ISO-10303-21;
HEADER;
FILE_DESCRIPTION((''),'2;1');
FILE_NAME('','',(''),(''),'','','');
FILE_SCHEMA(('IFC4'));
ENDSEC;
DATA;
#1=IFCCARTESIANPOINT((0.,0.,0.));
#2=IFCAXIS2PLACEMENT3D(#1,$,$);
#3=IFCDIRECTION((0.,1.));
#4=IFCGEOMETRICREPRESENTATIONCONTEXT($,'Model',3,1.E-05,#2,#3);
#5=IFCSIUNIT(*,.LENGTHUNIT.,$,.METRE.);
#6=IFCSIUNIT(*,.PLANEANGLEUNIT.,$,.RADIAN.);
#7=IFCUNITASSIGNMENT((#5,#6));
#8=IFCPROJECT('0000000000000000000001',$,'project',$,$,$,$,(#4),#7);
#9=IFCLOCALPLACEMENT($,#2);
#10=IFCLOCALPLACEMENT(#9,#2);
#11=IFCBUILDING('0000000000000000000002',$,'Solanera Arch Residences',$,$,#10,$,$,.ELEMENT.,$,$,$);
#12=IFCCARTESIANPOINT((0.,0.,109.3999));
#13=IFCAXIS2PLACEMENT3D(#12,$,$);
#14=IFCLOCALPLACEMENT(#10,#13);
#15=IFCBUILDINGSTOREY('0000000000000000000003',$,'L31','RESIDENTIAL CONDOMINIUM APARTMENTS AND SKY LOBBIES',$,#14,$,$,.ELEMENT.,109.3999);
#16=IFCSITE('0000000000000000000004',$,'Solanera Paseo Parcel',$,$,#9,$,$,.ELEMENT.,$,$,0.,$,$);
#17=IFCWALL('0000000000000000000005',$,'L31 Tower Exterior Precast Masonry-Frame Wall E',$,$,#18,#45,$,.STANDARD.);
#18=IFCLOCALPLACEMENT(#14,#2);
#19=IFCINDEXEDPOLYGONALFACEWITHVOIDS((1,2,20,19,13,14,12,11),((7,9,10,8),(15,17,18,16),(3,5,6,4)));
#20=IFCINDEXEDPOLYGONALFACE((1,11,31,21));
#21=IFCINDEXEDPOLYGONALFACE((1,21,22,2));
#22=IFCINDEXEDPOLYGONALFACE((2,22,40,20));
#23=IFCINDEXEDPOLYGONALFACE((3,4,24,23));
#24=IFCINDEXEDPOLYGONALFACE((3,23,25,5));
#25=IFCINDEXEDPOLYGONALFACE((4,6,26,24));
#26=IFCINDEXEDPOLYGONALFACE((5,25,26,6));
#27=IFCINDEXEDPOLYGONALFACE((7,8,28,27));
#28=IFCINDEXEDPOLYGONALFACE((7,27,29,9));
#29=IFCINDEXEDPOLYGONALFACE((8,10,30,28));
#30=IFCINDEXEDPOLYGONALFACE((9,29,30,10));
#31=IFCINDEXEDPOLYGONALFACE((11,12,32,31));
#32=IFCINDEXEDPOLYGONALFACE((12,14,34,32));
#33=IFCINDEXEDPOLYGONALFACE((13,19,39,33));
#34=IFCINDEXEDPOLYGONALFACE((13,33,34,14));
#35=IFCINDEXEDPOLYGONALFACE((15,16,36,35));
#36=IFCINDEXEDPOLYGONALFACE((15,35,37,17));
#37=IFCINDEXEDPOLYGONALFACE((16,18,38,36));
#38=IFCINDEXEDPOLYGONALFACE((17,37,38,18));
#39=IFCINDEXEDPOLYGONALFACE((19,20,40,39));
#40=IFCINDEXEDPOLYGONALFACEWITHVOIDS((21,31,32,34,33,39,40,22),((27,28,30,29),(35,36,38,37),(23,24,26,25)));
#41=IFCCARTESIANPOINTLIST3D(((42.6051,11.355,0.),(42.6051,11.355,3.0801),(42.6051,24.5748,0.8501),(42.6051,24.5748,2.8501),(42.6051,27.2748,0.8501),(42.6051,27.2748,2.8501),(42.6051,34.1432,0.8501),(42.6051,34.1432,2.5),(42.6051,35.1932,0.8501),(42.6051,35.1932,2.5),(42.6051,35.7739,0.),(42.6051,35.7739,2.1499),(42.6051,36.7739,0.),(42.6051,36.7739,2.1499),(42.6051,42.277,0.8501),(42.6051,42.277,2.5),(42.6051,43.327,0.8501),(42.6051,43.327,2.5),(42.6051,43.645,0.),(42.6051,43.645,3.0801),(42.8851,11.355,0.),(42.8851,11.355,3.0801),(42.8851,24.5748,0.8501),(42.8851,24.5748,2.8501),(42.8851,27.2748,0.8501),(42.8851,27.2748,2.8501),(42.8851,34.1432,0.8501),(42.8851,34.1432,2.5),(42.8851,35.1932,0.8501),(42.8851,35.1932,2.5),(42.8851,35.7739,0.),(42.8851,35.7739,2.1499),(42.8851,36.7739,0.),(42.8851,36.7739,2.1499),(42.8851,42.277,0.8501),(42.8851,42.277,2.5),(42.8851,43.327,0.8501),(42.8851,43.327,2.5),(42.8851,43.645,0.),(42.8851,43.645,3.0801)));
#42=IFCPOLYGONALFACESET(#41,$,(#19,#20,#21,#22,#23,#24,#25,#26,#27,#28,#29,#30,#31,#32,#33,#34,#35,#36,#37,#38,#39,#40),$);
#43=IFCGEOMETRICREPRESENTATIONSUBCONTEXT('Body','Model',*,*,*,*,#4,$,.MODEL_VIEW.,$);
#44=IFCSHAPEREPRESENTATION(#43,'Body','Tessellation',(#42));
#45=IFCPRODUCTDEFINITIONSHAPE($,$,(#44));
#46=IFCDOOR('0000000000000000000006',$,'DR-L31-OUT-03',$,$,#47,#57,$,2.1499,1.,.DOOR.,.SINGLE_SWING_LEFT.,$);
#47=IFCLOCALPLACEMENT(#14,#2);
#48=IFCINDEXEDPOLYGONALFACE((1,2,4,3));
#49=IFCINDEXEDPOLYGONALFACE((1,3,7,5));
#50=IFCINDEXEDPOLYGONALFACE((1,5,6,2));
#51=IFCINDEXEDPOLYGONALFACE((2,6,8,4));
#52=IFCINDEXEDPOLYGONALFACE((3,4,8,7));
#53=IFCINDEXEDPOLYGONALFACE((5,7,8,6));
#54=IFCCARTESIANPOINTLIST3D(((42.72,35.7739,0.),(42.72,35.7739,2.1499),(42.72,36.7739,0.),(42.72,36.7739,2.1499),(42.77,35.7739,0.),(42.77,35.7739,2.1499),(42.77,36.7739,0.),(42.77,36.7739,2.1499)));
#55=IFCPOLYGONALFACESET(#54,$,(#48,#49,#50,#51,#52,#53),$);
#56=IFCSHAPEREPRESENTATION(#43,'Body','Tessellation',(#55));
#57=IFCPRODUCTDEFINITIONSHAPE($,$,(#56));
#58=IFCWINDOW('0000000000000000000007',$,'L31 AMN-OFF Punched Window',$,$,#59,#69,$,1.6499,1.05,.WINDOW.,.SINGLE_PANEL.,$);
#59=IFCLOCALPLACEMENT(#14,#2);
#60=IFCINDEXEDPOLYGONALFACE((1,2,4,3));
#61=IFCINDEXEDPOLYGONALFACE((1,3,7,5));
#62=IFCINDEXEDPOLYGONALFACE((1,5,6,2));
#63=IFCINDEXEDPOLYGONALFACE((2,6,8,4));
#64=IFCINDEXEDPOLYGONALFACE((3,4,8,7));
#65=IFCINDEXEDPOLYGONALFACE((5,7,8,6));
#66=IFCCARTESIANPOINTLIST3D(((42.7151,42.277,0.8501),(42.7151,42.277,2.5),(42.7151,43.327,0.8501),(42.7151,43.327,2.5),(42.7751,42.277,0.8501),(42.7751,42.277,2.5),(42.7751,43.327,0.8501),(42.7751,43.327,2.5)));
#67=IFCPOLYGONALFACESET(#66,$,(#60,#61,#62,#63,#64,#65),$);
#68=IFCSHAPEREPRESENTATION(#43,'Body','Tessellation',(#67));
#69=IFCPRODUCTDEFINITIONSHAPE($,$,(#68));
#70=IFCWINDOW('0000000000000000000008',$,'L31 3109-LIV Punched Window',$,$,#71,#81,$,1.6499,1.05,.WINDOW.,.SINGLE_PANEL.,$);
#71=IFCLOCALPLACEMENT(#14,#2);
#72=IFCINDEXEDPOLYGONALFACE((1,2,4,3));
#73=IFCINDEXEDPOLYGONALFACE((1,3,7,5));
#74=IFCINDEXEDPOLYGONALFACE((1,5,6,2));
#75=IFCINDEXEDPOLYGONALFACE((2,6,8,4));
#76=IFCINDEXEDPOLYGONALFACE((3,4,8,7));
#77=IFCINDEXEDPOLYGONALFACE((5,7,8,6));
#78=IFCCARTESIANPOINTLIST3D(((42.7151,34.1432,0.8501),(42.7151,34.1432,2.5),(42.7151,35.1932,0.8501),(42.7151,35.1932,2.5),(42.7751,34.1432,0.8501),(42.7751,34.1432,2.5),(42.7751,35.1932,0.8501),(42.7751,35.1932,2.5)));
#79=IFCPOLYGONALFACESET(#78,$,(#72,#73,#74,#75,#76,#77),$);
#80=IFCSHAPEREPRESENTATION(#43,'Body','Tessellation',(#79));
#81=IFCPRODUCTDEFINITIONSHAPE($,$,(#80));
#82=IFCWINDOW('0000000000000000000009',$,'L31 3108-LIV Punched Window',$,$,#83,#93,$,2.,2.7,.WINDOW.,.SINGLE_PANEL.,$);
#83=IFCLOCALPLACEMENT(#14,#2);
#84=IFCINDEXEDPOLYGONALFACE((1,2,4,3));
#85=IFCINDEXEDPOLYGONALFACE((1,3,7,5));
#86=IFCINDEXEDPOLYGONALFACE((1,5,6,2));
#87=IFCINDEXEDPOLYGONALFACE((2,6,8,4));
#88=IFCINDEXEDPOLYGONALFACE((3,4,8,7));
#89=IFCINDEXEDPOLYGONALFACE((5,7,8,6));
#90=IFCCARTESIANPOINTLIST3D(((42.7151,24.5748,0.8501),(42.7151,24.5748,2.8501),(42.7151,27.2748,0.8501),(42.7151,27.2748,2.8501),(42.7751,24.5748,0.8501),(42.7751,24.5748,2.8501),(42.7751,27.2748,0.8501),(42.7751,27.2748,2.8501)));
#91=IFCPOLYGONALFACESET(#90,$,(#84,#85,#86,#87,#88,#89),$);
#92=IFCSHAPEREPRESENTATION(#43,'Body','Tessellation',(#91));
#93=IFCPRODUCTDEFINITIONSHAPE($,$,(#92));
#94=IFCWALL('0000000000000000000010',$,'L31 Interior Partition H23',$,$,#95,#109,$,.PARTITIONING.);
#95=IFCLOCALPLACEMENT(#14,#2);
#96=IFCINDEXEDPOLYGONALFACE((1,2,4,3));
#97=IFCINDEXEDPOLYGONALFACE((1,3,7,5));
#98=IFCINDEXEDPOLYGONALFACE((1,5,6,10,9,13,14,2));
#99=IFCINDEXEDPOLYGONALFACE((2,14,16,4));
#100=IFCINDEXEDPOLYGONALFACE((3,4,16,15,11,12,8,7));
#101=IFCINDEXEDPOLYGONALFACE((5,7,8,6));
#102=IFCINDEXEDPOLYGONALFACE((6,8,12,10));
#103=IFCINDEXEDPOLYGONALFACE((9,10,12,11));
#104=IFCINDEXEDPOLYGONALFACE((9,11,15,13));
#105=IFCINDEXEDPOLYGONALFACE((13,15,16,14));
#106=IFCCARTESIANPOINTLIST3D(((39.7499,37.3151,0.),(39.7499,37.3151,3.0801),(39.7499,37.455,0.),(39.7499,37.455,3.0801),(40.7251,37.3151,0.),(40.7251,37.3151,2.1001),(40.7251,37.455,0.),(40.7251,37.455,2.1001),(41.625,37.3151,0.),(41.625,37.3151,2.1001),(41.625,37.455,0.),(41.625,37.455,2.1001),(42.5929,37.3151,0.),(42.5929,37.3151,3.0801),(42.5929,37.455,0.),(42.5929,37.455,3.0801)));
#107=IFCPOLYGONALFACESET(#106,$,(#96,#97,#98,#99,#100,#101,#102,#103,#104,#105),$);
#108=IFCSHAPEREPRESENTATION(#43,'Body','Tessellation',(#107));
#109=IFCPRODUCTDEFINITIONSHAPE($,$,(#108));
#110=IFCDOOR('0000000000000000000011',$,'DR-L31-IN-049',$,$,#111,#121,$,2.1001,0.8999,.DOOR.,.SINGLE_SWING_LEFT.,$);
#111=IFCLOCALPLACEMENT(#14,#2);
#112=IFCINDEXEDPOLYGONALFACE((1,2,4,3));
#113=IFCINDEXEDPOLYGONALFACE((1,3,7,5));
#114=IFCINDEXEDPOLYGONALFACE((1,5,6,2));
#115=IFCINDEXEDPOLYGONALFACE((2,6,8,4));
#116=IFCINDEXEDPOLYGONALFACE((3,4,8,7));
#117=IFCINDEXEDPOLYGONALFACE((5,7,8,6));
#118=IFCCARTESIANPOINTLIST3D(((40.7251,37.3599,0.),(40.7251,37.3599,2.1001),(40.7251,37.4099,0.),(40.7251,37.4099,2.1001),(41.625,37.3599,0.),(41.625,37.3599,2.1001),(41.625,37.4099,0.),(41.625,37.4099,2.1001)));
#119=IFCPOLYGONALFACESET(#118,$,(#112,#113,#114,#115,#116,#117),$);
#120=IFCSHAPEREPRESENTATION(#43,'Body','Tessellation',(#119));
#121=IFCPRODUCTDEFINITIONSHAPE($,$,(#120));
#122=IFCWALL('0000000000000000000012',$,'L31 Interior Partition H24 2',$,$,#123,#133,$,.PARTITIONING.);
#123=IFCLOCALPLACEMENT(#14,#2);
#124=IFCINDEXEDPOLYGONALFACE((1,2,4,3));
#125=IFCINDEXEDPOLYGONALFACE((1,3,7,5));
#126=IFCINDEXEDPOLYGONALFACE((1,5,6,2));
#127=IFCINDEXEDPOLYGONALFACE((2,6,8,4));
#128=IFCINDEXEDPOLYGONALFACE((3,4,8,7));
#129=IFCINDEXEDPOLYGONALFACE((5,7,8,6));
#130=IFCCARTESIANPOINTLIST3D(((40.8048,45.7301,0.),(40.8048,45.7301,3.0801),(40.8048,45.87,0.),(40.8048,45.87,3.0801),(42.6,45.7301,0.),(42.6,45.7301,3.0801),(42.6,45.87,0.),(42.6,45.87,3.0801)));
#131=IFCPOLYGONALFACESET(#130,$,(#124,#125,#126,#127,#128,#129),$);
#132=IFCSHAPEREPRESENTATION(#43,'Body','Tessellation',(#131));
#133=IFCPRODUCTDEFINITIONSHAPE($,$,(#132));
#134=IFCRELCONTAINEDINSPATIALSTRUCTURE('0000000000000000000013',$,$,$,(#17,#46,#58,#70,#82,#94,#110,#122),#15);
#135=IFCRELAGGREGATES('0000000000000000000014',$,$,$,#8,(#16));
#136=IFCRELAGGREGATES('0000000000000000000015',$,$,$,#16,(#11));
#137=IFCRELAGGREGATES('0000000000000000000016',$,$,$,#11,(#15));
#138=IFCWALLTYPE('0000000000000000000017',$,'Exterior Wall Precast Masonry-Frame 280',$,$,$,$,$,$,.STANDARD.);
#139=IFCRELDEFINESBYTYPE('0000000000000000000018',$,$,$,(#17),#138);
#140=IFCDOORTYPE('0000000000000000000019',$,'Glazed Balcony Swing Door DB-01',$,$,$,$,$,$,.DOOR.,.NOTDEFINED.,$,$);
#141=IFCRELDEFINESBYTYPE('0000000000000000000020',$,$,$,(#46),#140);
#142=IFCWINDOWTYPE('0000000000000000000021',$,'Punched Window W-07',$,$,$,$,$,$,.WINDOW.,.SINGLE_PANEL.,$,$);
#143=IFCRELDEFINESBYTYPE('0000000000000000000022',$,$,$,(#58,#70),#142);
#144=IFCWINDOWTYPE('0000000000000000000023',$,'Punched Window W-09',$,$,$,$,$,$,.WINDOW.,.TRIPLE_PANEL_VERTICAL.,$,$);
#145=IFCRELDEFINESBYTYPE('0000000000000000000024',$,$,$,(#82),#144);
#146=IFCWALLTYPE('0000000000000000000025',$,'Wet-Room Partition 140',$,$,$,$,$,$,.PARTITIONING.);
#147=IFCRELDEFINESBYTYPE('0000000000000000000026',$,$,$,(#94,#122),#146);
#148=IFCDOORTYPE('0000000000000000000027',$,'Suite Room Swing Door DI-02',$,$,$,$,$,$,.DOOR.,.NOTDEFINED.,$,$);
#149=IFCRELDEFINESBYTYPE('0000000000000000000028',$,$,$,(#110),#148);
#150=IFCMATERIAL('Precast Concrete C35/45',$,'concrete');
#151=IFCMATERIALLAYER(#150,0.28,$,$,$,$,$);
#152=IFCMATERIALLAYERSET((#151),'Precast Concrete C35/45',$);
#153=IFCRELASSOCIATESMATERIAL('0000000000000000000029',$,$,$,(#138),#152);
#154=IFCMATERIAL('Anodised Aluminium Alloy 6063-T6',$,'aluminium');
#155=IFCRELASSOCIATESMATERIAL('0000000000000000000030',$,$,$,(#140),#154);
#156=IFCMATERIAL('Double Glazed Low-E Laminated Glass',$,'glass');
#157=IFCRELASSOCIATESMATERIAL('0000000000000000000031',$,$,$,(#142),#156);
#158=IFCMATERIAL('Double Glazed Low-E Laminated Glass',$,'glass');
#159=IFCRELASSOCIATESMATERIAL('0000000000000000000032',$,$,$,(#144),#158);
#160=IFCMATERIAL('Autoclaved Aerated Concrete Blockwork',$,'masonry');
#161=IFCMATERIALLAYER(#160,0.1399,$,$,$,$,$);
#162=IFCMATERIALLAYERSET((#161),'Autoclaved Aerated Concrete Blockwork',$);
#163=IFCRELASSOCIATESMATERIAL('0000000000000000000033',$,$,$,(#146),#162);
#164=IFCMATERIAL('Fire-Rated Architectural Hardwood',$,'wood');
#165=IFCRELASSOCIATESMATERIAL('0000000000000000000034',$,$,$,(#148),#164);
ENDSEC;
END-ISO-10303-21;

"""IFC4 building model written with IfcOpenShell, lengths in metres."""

from ifc_helpers import new_model, si_unit, direction, frame, frame_2d, origin, place, context, subcontext, project, spatial, rectangle, extrude, material, layer, layer_set, type_object, element, fill, save


model = new_model("IFC4")

# Units and contexts
model_context = context("Model", 3, precision=1e-05, world=origin(), true_north=direction((0.0, 1.0)))
body_context = subcontext(model_context, "Body", "Model", "MODEL_VIEW")
ifc_project = project(units=[si_unit("LENGTHUNIT", "METRE"), si_unit("PLANEANGLEUNIT", "RADIAN")], contexts=[model_context])

# Site, building, storey
site_placement = place(None, origin())
site = spatial("IfcSite", under=ifc_project, at=site_placement, Name="Solanera Paseo Parcel", CompositionType="ELEMENT", RefElevation=0.0)
building_placement = place(site_placement, origin())
building = spatial("IfcBuilding", under=site, at=building_placement, Name="Solanera Arch Residences", CompositionType="ELEMENT")
storey_placement = place(building_placement, frame((0.0, 0.0, 109.3999)))
storey = spatial("IfcBuildingStorey", under=building, at=storey_placement, Name="L31", Description="RESIDENTIAL CONDOMINIUM APARTMENTS AND SKY LOBBIES", CompositionType="ELEMENT", Elevation=109.3999)

# Shared definitions
ifc_material_1 = material(Name="Precast Concrete C35/45", Category="concrete")
ifc_layer_1 = layer(ifc_material_1, 0.28)
ifc_layer_set_1 = layer_set([ifc_layer_1], Name="Precast Concrete C35/45")
wall_type_1 = type_object("IfcWallType", Name="Exterior Wall Precast Masonry-Frame 280", PredefinedType="STANDARD", material=ifc_layer_set_1)

# Wall, openings, door, windows
wall_1_placement = place(storey_placement, frame((42.7451, 43.645, 0.0), z_axis=(0.0, 0.0, 1.0), x_axis=(0.0, -1.0, 0.0)))
wall_1 = element("IfcWall", 1, at=wall_1_placement, inside=storey, type_object=wall_type_1, Name="L31 Tower Exterior Precast Masonry-Frame Wall E", PredefinedType="STANDARD", context=body_context, shape_type="SweptSolid", body=[
    extrude(rectangle(XDim=32.29, YDim=0.28, at=frame_2d((16.145, 0.0))), origin(), (0.0, 0.0, 1.0), 3.0801),
])
opening_1_placement = place(wall_1_placement, frame((6.8711, 0.0, 0.0)))
opening_1 = element("IfcOpeningElement", 2, at=opening_1_placement, cuts=wall_1, PredefinedType="OPENING", context=body_context, shape_type="SweptSolid", body=[
    extrude(rectangle(XDim=1.0, YDim=2.1499, at=frame_2d((0.5, 1.075))), frame((0.0, 0.1499, 0.0), z_axis=(0.0, -1.0, 0.0), x_axis=(1.0, 0.0, 0.0)), (0.0, 0.0, 1.0), 0.3),
])
opening_2_placement = place(wall_1_placement, frame((0.3181, 0.0, 0.8501)))
opening_2 = element("IfcOpeningElement", 3, at=opening_2_placement, cuts=wall_1, PredefinedType="OPENING", context=body_context, shape_type="SweptSolid", body=[
    extrude(rectangle(XDim=1.05, YDim=1.6499, at=frame_2d((0.5249, 0.825))), frame((0.0, 0.1499, 0.0), z_axis=(0.0, -1.0, 0.0), x_axis=(1.0, 0.0, 0.0)), (0.0, 0.0, 1.0), 0.3),
])
opening_3_placement = place(wall_1_placement, frame((16.3701, 0.0, 0.8501)))
opening_3 = element("IfcOpeningElement", 4, at=opening_3_placement, cuts=wall_1, PredefinedType="OPENING", context=body_context, shape_type="SweptSolid", body=[
    extrude(rectangle(XDim=2.7, YDim=2.0, at=frame_2d((1.3501, 1.0))), frame((0.0, 0.1499, 0.0), z_axis=(0.0, -1.0, 0.0), x_axis=(1.0, 0.0, 0.0)), (0.0, 0.0, 1.0), 0.3),
])
opening_4_placement = place(wall_1_placement, frame((8.4519, 0.0, 0.8501)))
opening_4 = element("IfcOpeningElement", 5, at=opening_4_placement, cuts=wall_1, PredefinedType="OPENING", context=body_context, shape_type="SweptSolid", body=[
    extrude(rectangle(XDim=1.05, YDim=1.6499, at=frame_2d((0.5249, 0.825))), frame((0.0, 0.1499, 0.0), z_axis=(0.0, -1.0, 0.0), x_axis=(1.0, 0.0, 0.0)), (0.0, 0.0, 1.0), 0.3),
])
ifc_material_2 = material(Name="Anodised Aluminium Alloy 6063-T6", Category="aluminium")
door_type_1 = type_object("IfcDoorType", Name="Glazed Balcony Swing Door DB-01", OperationType="NOTDEFINED", PredefinedType="DOOR", material=ifc_material_2)
door_1_placement = place(opening_1_placement, origin())
door_1 = element("IfcDoor", 6, at=door_1_placement, inside=storey, type_object=door_type_1, Name="DR-L31-OUT-03", OperationType="SINGLE_SWING_LEFT", OverallHeight=2.1499, OverallWidth=1.0, PredefinedType="DOOR", context=body_context, shape_type="SweptSolid", body=[
    extrude(rectangle(XDim=1.0, YDim=2.1499, at=frame_2d((0.5, 1.075))), frame((0.0, 0.0249, 0.0), z_axis=(0.0, -1.0, 0.0), x_axis=(1.0, 0.0, 0.0)), (0.0, 0.0, 1.0), 0.05),
])
fill(opening_1, door_1)
ifc_material_3 = material(Name="Double Glazed Low-E Laminated Glass", Category="glass")
window_type_1 = type_object("IfcWindowType", Name="Punched Window W-07", PartitioningType="SINGLE_PANEL", PredefinedType="WINDOW", material=ifc_material_3)
window_1_placement = place(opening_2_placement, origin())
window_1 = element("IfcWindow", 7, at=window_1_placement, inside=storey, type_object=window_type_1, Name="L31 AMN-OFF Punched Window", OverallHeight=1.6499, OverallWidth=1.05, PartitioningType="SINGLE_PANEL", PredefinedType="WINDOW", context=body_context, shape_type="SweptSolid", body=[
    extrude(rectangle(XDim=1.05, YDim=1.6499, at=frame_2d((0.5249, 0.825))), frame((0.0, 0.03, 0.0), z_axis=(0.0, -1.0, 0.0), x_axis=(1.0, 0.0, 0.0)), (0.0, 0.0, 1.0), 0.0601),
])
fill(opening_2, window_1)
window_2_placement = place(opening_4_placement, origin())
window_2 = element("IfcWindow", 8, at=window_2_placement, inside=storey, type_object=window_type_1, Name="L31 3109-LIV Punched Window", OverallHeight=1.6499, OverallWidth=1.05, PartitioningType="SINGLE_PANEL", PredefinedType="WINDOW", context=body_context, shape_type="SweptSolid", body=[
    extrude(rectangle(XDim=1.05, YDim=1.6499, at=frame_2d((0.5249, 0.825))), frame((0.0, 0.03, 0.0), z_axis=(0.0, -1.0, 0.0), x_axis=(1.0, 0.0, 0.0)), (0.0, 0.0, 1.0), 0.0601),
])
fill(opening_4, window_2)
ifc_material_4 = material(Name="Double Glazed Low-E Laminated Glass", Category="glass")
window_type_2 = type_object("IfcWindowType", Name="Punched Window W-09", PartitioningType="TRIPLE_PANEL_VERTICAL", PredefinedType="WINDOW", material=ifc_material_4)
window_3_placement = place(opening_3_placement, origin())
window_3 = element("IfcWindow", 9, at=window_3_placement, inside=storey, type_object=window_type_2, Name="L31 3108-LIV Punched Window", OverallHeight=2.0, OverallWidth=2.7, PartitioningType="SINGLE_PANEL", PredefinedType="WINDOW", context=body_context, shape_type="SweptSolid", body=[
    extrude(rectangle(XDim=2.7, YDim=2.0, at=frame_2d((1.3501, 1.0))), frame((0.0, 0.03, 0.0), z_axis=(0.0, -1.0, 0.0), x_axis=(1.0, 0.0, 0.0)), (0.0, 0.0, 1.0), 0.0601),
])
fill(opening_3, window_3)

# Wall, opening, door
ifc_material_5 = material(Name="Autoclaved Aerated Concrete Blockwork", Category="masonry")
ifc_layer_2 = layer(ifc_material_5, 0.1399)
ifc_layer_set_2 = layer_set([ifc_layer_2], Name="Autoclaved Aerated Concrete Blockwork")
wall_type_2 = type_object("IfcWallType", Name="Wet-Room Partition 140", PredefinedType="PARTITIONING", material=ifc_layer_set_2)
wall_2_placement = place(storey_placement, frame((39.75, 37.385, 0.0), z_axis=(0.0, 0.0, 1.0), x_axis=(1.0, 0.0, 0.0)))
wall_2 = element("IfcWall", 10, at=wall_2_placement, inside=storey, type_object=wall_type_2, Name="L31 Interior Partition H23", PredefinedType="PARTITIONING", context=body_context, shape_type="SweptSolid", body=[
    extrude(rectangle(XDim=2.843, YDim=0.1399, at=frame_2d((1.4214, 0.0))), origin(), (0.0, 0.0, 1.0), 3.0801),
])
opening_5_placement = place(wall_2_placement, frame((0.9751, 0.0, 0.0)))
opening_5 = element("IfcOpeningElement", 11, at=opening_5_placement, cuts=wall_2, PredefinedType="OPENING", context=body_context, shape_type="SweptSolid", body=[
    extrude(rectangle(XDim=0.8999, YDim=2.1001, at=frame_2d((0.45, 1.05))), frame((0.0, 0.0798, 0.0), z_axis=(0.0, -1.0, 0.0), x_axis=(1.0, 0.0, 0.0)), (0.0, 0.0, 1.0), 0.1599),
])
ifc_material_6 = material(Name="Fire-Rated Architectural Hardwood", Category="wood")
door_type_2 = type_object("IfcDoorType", Name="Suite Room Swing Door DI-02", OperationType="NOTDEFINED", PredefinedType="DOOR", material=ifc_material_6)
door_2_placement = place(opening_5_placement, origin())
door_2 = element("IfcDoor", 12, at=door_2_placement, inside=storey, type_object=door_type_2, Name="DR-L31-IN-049", OperationType="SINGLE_SWING_LEFT", OverallHeight=2.1001, OverallWidth=0.8999, PredefinedType="DOOR", context=body_context, shape_type="SweptSolid", body=[
    extrude(rectangle(XDim=0.8999, YDim=2.1001, at=frame_2d((0.45, 1.05))), frame((0.0, 0.0249, 0.0), z_axis=(0.0, -1.0, 0.0), x_axis=(1.0, 0.0, 0.0)), (0.0, 0.0, 1.0), 0.05),
])
fill(opening_5, door_2)

# Wall
wall_3_placement = place(storey_placement, frame((40.8049, 45.8, 0.0), z_axis=(0.0, 0.0, 1.0), x_axis=(1.0, 0.0, 0.0)))
element("IfcWall", 13, at=wall_3_placement, inside=storey, type_object=wall_type_2, Name="L31 Interior Partition H24 2", PredefinedType="PARTITIONING", context=body_context, shape_type="SweptSolid", body=[
    extrude(rectangle(XDim=1.7952, YDim=0.1399, at=frame_2d((0.8975, 0.0))), origin(), (0.0, 0.0, 1.0), 3.0801),
])

save(model, "model.ifc")
